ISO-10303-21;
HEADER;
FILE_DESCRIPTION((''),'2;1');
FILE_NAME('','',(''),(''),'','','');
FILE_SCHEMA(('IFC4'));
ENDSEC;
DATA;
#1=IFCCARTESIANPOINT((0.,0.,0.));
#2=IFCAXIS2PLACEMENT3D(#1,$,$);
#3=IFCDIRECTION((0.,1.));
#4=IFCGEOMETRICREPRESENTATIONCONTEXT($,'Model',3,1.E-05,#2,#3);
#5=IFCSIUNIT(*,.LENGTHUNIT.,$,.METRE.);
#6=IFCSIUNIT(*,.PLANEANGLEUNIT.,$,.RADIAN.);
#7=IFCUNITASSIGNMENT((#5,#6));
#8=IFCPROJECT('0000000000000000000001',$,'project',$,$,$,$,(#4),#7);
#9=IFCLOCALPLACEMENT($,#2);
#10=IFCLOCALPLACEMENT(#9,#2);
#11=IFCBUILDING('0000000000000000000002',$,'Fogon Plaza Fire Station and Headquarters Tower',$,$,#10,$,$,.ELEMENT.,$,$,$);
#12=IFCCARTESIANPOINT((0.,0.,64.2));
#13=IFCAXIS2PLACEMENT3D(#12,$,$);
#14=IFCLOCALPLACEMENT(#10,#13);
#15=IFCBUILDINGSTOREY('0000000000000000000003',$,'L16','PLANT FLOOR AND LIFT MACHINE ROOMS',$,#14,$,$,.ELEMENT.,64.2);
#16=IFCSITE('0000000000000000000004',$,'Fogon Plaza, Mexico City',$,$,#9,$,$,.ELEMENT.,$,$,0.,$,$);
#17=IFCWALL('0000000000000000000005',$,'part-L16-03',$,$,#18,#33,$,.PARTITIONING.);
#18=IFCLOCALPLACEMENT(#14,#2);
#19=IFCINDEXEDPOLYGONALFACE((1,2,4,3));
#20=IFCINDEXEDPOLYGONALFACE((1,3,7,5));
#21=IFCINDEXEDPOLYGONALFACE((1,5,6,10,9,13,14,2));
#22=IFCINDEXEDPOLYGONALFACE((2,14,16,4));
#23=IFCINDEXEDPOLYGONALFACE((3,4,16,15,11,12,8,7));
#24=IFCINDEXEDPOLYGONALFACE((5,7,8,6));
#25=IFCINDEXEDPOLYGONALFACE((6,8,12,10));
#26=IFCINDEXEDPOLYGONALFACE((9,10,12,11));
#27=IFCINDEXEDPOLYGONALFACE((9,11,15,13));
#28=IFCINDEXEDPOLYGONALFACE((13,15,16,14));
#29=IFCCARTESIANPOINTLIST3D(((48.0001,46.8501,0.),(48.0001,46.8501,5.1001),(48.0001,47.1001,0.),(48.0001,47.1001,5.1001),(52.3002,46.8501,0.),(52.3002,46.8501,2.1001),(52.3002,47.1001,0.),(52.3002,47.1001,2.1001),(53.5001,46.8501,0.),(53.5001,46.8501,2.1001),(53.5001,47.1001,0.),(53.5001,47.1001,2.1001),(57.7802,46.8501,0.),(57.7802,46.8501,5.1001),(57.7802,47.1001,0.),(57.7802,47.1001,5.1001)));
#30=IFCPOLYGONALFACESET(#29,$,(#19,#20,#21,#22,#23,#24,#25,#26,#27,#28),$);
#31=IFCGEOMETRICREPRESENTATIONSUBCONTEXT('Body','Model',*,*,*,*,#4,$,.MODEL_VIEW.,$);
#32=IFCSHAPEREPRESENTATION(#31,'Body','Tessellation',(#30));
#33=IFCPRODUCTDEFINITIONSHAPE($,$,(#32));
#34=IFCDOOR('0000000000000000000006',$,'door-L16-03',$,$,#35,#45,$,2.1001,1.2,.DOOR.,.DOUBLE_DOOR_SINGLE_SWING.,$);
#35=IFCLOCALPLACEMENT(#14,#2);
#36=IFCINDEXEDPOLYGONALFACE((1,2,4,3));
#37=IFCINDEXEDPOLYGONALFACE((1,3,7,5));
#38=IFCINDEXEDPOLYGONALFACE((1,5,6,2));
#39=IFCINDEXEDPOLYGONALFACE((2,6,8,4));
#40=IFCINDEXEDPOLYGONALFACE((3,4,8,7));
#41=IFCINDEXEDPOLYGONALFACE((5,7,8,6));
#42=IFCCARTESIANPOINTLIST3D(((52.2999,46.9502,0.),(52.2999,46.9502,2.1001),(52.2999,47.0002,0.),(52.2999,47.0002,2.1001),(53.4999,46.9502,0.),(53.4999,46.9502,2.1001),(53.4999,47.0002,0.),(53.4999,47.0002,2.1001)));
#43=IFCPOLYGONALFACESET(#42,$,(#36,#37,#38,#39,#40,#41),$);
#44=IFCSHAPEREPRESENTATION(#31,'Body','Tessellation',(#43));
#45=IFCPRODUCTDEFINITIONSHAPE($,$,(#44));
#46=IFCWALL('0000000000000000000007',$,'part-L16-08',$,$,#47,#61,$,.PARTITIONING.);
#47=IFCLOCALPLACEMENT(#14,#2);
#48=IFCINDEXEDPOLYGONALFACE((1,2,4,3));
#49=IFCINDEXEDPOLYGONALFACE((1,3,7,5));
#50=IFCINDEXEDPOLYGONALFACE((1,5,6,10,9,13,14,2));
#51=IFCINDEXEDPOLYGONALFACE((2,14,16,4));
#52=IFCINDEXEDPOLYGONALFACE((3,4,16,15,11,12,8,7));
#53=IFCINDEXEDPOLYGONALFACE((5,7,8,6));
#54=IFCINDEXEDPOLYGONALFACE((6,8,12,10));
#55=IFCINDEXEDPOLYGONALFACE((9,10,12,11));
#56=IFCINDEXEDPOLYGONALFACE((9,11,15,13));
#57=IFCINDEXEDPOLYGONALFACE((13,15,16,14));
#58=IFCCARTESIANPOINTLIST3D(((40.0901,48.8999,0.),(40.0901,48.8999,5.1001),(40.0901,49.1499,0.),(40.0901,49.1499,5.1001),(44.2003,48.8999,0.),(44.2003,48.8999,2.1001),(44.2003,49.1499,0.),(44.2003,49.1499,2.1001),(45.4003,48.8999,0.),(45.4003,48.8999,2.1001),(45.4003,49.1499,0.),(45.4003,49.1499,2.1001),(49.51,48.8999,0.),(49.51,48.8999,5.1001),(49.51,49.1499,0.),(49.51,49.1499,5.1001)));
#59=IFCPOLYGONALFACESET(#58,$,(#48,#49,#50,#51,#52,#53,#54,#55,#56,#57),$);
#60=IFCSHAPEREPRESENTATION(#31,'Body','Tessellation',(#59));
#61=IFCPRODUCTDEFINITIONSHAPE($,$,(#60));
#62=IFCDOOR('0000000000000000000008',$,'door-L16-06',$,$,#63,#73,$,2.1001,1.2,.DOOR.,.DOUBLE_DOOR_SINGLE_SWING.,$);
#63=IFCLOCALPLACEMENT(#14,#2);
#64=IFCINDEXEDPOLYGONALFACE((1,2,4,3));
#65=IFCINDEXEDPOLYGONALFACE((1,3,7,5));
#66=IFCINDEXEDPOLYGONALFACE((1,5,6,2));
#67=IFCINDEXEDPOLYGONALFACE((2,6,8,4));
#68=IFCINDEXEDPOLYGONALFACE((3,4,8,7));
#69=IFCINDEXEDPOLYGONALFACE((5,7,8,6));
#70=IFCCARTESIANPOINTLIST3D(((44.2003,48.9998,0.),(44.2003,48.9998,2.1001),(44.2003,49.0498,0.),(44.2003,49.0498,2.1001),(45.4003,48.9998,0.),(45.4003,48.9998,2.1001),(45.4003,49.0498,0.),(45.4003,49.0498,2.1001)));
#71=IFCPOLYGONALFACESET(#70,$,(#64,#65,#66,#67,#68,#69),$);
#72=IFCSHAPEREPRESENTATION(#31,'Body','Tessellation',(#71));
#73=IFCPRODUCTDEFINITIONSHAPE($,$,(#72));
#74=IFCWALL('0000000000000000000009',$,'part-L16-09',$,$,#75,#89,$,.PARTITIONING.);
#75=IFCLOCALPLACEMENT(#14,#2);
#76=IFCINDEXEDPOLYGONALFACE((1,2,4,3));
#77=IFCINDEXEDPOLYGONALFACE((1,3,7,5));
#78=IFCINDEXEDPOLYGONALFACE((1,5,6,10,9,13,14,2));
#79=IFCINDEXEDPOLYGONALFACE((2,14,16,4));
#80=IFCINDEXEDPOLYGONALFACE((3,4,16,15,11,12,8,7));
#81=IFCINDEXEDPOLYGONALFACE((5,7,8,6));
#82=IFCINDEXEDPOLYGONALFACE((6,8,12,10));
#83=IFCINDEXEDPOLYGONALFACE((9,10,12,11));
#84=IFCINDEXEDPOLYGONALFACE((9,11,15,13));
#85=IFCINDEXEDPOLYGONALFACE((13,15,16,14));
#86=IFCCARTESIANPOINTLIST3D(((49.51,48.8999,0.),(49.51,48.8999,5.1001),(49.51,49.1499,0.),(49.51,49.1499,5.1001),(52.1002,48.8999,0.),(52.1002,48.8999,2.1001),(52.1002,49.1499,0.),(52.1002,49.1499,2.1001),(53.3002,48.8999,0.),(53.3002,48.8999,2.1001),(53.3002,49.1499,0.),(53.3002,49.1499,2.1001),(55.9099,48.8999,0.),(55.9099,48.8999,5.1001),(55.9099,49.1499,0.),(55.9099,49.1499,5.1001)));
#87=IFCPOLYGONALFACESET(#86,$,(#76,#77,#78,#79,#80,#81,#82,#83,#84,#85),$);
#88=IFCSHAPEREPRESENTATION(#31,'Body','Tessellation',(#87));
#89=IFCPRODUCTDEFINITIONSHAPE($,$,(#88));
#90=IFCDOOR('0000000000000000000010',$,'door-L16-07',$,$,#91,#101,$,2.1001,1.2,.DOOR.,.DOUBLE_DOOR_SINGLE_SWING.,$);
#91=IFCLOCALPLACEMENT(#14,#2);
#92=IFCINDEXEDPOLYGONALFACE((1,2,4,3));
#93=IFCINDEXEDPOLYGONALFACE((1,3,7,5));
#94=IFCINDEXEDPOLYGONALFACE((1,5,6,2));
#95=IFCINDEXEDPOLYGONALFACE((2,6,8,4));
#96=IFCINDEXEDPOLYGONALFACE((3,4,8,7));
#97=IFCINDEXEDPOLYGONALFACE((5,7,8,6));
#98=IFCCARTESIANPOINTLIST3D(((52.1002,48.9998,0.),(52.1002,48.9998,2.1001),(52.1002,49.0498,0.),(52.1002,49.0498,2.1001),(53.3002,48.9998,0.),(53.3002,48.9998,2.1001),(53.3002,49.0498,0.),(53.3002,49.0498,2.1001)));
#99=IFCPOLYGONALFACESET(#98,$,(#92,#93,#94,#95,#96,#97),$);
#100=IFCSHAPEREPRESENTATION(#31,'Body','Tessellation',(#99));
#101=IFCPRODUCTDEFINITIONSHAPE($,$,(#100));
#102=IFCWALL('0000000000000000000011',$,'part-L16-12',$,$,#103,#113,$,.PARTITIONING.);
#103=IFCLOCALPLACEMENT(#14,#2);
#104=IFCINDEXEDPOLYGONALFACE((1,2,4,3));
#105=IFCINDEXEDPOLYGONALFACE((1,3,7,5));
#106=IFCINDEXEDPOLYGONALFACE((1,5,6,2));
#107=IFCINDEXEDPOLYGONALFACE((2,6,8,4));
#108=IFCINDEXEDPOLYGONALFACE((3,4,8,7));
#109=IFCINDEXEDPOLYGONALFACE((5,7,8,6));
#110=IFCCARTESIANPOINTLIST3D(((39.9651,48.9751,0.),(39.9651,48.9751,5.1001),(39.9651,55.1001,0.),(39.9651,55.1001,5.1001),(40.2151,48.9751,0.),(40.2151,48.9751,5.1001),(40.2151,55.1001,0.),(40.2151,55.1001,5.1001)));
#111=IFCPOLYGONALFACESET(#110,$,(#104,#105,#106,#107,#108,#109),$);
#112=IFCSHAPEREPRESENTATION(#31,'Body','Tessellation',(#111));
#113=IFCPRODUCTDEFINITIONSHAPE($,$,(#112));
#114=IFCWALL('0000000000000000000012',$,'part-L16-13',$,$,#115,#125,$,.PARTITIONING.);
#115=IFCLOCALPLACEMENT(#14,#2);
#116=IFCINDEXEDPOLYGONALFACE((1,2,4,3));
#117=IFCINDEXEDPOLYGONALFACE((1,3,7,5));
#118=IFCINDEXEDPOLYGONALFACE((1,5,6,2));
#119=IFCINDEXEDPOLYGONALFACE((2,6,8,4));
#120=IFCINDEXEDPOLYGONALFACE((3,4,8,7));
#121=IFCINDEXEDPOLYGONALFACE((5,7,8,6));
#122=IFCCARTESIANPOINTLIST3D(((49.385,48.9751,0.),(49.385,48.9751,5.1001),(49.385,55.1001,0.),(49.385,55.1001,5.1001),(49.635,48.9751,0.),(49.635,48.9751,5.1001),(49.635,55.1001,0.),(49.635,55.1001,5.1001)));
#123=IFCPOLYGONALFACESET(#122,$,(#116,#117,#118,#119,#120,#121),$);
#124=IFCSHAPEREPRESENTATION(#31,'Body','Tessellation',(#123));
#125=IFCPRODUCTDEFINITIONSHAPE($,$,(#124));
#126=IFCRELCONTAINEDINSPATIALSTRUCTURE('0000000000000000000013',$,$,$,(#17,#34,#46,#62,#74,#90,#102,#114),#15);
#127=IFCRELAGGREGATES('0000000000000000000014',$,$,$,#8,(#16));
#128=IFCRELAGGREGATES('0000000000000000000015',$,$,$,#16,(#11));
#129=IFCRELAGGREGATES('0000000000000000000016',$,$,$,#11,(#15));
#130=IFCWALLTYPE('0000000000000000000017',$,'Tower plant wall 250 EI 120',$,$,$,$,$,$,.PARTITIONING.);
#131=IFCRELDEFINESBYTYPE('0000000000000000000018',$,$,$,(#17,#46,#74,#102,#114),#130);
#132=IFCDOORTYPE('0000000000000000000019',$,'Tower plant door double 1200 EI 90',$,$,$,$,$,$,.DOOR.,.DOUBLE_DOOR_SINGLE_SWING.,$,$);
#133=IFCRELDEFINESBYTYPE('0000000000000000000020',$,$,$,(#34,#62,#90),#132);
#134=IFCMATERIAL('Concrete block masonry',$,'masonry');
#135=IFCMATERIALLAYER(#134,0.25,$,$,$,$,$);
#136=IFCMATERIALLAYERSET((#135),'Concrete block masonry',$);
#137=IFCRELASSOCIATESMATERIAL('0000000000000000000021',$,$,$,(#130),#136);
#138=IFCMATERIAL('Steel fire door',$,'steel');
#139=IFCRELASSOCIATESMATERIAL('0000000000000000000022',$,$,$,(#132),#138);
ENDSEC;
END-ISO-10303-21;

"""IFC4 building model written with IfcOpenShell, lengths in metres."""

from ifc_helpers import new_model, si_unit, direction, frame, frame_2d, origin, place, context, subcontext, project, spatial, rectangle, extrude, material, layer, layer_set, type_object, element, fill, save


model = new_model("IFC4")

# Units and contexts
model_context = context("Model", 3, precision=1e-05, world=origin(), true_north=direction((0.0, 1.0)))
body_context = subcontext(model_context, "Body", "Model", "MODEL_VIEW")
ifc_project = project(units=[si_unit("LENGTHUNIT", "METRE"), si_unit("PLANEANGLEUNIT", "RADIAN")], contexts=[model_context])

# Site, building, storey
site_placement = place(None, origin())
site = spatial("IfcSite", under=ifc_project, at=site_placement, Name="Fogon Plaza, Mexico City", CompositionType="ELEMENT", RefElevation=0.0)
building_placement = place(site_placement, origin())
building = spatial("IfcBuilding", under=site, at=building_placement, Name="Fogon Plaza Fire Station and Headquarters Tower", CompositionType="ELEMENT")
storey_placement = place(building_placement, frame((0.0, 0.0, 64.2)))
storey = spatial("IfcBuildingStorey", under=building, at=storey_placement, Name="L16", Description="PLANT FLOOR AND LIFT MACHINE ROOMS", CompositionType="ELEMENT", Elevation=64.2)

# Walls, openings, doors
ifc_material_1 = material(Name="Concrete block masonry", Category="masonry")
ifc_layer_1 = layer(ifc_material_1, 0.25)
ifc_layer_set_1 = layer_set([ifc_layer_1], Name="Concrete block masonry")
wall_type = type_object("IfcWallType", Name="Tower plant wall 250 EI 120", PredefinedType="PARTITIONING", material=ifc_layer_set_1)
ifc_material_2 = material(Name="Steel fire door", Category="steel")
door_type = type_object("IfcDoorType", Name="Tower plant door double 1200 EI 90", OperationType="DOUBLE_DOOR_SINGLE_SWING", PredefinedType="DOOR", material=ifc_material_2)
wall_1_placement = place(storey_placement, frame((48.0, 46.9751, 0.0), z_axis=(0.0, 0.0, 1.0), x_axis=(1.0, 0.0, 0.0)))
wall_1 = element("IfcWall", 1, at=wall_1_placement, inside=storey, type_object=wall_type, Name="part-L16-03", PredefinedType="PARTITIONING", context=body_context, shape_type="SweptSolid", body=[
    extrude(rectangle(XDim=9.78, YDim=0.25, at=frame_2d((4.8901, 0.0))), origin(), (0.0, 0.0, 1.0), 5.1001),
])
opening_1_placement = place(wall_1_placement, frame((4.3, 0.0, 0.0)))
opening_1 = element("IfcOpeningElement", 2, at=opening_1_placement, cuts=wall_1, PredefinedType="OPENING", context=body_context, shape_type="SweptSolid", body=[
    extrude(rectangle(XDim=1.2, YDim=2.1001, at=frame_2d((0.6001, 1.05))), frame((0.0, 0.135, 0.0), z_axis=(0.0, -1.0, 0.0), x_axis=(1.0, 0.0, 0.0)), (0.0, 0.0, 1.0), 0.27),
])
door_1_placement = place(opening_1_placement, frame((1.2, 0.0, 0.0), z_axis=(0.0, 0.0, 1.0), x_axis=(-1.0, 0.0, 0.0)))
door_1 = element("IfcDoor", 3, at=door_1_placement, inside=storey, type_object=door_type, Name="door-L16-03", OperationType="DOUBLE_DOOR_SINGLE_SWING", OverallHeight=2.1001, OverallWidth=1.2, PredefinedType="DOOR", context=body_context, shape_type="SweptSolid", body=[
    extrude(rectangle(XDim=1.2, YDim=2.1001, at=frame_2d((0.6001, 1.05))), frame((0.0, 0.0249, 0.0), z_axis=(0.0, -1.0, 0.0), x_axis=(1.0, 0.0, 0.0)), (0.0, 0.0, 1.0), 0.05),
])
fill(opening_1, door_1)
wall_2_placement = place(storey_placement, frame((40.0901, 49.0249, 0.0), z_axis=(0.0, 0.0, 1.0), x_axis=(1.0, 0.0, 0.0)))
wall_2 = element("IfcWall", 4, at=wall_2_placement, inside=storey, type_object=wall_type, Name="part-L16-08", PredefinedType="PARTITIONING", context=body_context, shape_type="SweptSolid", body=[
    extrude(rectangle(XDim=9.4199, YDim=0.25, at=frame_2d((4.71, 0.0))), origin(), (0.0, 0.0, 1.0), 5.1001),
])
opening_2_placement = place(wall_2_placement, frame((4.1101, 0.0, 0.0)))
opening_2 = element("IfcOpeningElement", 5, at=opening_2_placement, cuts=wall_2, PredefinedType="OPENING", context=body_context, shape_type="SweptSolid", body=[
    extrude(rectangle(XDim=1.2, YDim=2.1001, at=frame_2d((0.6001, 1.05))), frame((0.0, 0.135, 0.0), z_axis=(0.0, -1.0, 0.0), x_axis=(1.0, 0.0, 0.0)), (0.0, 0.0, 1.0), 0.27),
])
door_2_placement = place(opening_2_placement, origin())
door_2 = element("IfcDoor", 6, at=door_2_placement, inside=storey, type_object=door_type, Name="door-L16-06", OperationType="DOUBLE_DOOR_SINGLE_SWING", OverallHeight=2.1001, OverallWidth=1.2, PredefinedType="DOOR", context=body_context, shape_type="SweptSolid", body=[
    extrude(rectangle(XDim=1.2, YDim=2.1001, at=frame_2d((0.6001, 1.05))), frame((0.0, 0.0249, 0.0), z_axis=(0.0, -1.0, 0.0), x_axis=(1.0, 0.0, 0.0)), (0.0, 0.0, 1.0), 0.05),
])
fill(opening_2, door_2)
wall_3_placement = place(storey_placement, frame((49.51, 49.0249, 0.0), z_axis=(0.0, 0.0, 1.0), x_axis=(1.0, 0.0, 0.0)))
wall_3 = element("IfcWall", 7, at=wall_3_placement, inside=storey, type_object=wall_type, Name="part-L16-09", PredefinedType="PARTITIONING", context=body_context, shape_type="SweptSolid", body=[
    extrude(rectangle(XDim=6.3999, YDim=0.25, at=frame_2d((3.2, 0.0))), origin(), (0.0, 0.0, 1.0), 5.1001),
])
opening_3_placement = place(wall_3_placement, frame((2.5901, 0.0, 0.0)))
opening_3 = element("IfcOpeningElement", 8, at=opening_3_placement, cuts=wall_3, PredefinedType="OPENING", context=body_context, shape_type="SweptSolid", body=[
    extrude(rectangle(XDim=1.2, YDim=2.1001, at=frame_2d((0.6001, 1.05))), frame((0.0, 0.135, 0.0), z_axis=(0.0, -1.0, 0.0), x_axis=(1.0, 0.0, 0.0)), (0.0, 0.0, 1.0), 0.27),
])
door_3_placement = place(opening_3_placement, origin())
door_3 = element("IfcDoor", 9, at=door_3_placement, inside=storey, type_object=door_type, Name="door-L16-07", OperationType="DOUBLE_DOOR_SINGLE_SWING", OverallHeight=2.1001, OverallWidth=1.2, PredefinedType="DOOR", context=body_context, shape_type="SweptSolid", body=[
    extrude(rectangle(XDim=1.2, YDim=2.1001, at=frame_2d((0.6001, 1.05))), frame((0.0, 0.0249, 0.0), z_axis=(0.0, -1.0, 0.0), x_axis=(1.0, 0.0, 0.0)), (0.0, 0.0, 1.0), 0.05),
])
fill(opening_3, door_3)

# Walls
for number, where, z_axis, x_axis, name in (
    (10, (40.0901, 48.9751, 0.0), (0.0, 0.0, 1.0), (0.0, 1.0, 0.0), "part-L16-12"),
    (11, (49.51, 48.9751, 0.0), (0.0, 0.0, 1.0), (0.0, 1.0, 0.0), "part-L16-13"),
):
    element("IfcWall", number, at=place(storey_placement, frame(where, z_axis=z_axis, x_axis=x_axis)), inside=storey, type_object=wall_type, Name=name, PredefinedType="PARTITIONING", context=body_context, shape_type="SweptSolid", body=[
        extrude(rectangle(XDim=6.125, YDim=0.25, at=frame_2d((3.0625, 0.0))), origin(), (0.0, 0.0, 1.0), 5.1001),
    ])

save(model, "model.ifc")
